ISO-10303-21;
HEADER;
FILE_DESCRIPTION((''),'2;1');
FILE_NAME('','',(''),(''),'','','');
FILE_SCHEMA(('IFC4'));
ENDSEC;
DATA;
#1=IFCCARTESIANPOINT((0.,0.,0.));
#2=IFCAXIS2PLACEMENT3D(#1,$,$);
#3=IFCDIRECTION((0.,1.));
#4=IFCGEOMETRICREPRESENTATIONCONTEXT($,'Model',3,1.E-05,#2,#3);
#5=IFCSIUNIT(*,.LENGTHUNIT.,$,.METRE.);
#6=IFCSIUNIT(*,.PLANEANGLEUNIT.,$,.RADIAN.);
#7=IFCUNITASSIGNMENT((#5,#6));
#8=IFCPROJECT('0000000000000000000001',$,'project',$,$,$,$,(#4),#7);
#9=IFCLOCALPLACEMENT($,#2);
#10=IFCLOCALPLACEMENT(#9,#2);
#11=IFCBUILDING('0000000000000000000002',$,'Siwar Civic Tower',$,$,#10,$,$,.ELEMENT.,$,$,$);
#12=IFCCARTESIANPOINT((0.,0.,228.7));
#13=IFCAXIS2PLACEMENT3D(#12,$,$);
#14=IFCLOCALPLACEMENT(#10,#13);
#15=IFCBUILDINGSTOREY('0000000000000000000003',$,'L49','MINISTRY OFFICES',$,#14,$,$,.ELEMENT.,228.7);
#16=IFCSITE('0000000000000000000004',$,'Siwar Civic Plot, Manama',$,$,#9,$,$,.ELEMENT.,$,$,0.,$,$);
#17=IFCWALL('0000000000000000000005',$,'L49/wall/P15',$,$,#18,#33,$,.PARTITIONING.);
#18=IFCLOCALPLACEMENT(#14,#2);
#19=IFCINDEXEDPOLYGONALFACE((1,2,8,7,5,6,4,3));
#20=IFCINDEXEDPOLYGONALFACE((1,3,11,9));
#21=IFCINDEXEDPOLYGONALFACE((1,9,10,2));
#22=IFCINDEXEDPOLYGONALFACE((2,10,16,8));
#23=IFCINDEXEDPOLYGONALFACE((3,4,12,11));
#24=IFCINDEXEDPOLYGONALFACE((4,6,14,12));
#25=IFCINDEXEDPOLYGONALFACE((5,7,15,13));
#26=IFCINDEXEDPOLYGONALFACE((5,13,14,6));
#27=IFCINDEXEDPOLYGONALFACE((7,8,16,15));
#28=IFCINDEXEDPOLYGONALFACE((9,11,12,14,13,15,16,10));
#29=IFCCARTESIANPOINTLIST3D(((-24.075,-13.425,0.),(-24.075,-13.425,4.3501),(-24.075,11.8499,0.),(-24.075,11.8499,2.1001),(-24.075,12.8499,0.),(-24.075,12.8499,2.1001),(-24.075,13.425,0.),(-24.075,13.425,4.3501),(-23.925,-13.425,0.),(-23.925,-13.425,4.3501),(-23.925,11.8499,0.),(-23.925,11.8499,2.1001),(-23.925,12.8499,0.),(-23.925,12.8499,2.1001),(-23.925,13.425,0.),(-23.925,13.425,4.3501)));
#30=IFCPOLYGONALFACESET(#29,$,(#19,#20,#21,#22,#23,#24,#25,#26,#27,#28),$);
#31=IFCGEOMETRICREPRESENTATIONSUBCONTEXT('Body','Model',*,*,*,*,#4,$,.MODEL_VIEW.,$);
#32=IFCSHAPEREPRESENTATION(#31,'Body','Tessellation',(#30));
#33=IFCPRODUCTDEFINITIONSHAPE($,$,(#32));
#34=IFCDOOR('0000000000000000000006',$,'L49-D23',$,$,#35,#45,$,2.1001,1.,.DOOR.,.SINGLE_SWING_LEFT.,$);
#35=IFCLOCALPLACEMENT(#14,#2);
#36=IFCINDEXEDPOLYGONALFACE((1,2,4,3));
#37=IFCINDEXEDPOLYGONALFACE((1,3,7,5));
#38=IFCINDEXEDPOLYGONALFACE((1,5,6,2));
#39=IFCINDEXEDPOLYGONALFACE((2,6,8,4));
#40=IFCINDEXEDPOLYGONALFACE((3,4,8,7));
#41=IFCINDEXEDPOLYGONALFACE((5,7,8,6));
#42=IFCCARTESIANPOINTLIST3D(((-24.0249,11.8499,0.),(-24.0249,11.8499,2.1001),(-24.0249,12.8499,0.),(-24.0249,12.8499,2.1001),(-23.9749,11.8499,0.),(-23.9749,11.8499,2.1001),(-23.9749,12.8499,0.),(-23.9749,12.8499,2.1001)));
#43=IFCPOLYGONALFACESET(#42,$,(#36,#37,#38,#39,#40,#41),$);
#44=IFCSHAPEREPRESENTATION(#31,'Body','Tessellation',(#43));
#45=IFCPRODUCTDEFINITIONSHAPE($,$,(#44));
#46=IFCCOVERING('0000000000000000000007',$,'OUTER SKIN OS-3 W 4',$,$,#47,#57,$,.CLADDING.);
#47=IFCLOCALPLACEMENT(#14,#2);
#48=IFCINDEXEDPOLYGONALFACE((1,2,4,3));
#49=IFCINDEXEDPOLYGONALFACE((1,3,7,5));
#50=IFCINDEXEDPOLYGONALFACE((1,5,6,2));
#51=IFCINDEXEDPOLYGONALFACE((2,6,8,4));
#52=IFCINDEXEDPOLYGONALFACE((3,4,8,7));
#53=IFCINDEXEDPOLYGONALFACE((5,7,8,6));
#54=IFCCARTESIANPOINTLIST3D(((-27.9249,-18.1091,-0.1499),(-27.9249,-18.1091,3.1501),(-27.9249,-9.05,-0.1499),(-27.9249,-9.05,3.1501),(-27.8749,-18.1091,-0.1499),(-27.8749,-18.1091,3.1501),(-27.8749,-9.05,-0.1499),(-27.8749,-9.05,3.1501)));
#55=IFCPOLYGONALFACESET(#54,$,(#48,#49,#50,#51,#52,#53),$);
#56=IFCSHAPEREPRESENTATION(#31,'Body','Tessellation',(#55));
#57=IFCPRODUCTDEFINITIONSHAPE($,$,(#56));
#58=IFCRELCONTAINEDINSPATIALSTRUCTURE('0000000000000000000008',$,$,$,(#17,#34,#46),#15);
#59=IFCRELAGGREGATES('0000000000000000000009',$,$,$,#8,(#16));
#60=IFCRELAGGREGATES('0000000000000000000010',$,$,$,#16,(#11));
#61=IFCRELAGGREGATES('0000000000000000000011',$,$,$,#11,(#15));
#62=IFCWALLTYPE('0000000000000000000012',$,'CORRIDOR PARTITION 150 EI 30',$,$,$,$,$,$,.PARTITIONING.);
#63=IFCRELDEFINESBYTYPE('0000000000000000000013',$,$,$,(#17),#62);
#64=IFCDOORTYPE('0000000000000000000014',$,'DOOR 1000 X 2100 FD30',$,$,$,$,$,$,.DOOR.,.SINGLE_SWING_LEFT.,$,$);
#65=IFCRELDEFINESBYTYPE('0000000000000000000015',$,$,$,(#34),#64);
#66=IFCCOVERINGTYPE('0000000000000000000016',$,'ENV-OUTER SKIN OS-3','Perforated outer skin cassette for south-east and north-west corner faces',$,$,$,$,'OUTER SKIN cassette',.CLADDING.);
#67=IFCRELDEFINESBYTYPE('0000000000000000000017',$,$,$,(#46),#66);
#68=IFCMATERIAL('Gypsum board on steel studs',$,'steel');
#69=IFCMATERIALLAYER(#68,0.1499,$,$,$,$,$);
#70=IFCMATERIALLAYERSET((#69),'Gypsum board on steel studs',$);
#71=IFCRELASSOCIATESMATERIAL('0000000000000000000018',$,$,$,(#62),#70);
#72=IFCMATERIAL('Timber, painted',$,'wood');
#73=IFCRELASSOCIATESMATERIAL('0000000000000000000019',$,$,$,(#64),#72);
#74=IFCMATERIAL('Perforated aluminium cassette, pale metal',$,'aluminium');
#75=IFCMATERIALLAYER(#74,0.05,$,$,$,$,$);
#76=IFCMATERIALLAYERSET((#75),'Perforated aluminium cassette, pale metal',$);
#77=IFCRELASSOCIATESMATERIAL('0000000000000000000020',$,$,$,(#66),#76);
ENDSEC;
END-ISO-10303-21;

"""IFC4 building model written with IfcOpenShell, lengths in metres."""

from ifc_helpers import new_model, si_unit, direction, frame, frame_2d, origin, origin_2d, place, context, subcontext, project, spatial, rectangle, extrude, material, layer, layer_set, type_object, element, fill, save


model = new_model("IFC4")

# Units and contexts
model_context = context("Model", 3, precision=1e-05, world=origin(), true_north=direction((0.0, 1.0)))
body_context = subcontext(model_context, "Body", "Model", "MODEL_VIEW")
ifc_project = project(units=[si_unit("LENGTHUNIT", "METRE"), si_unit("PLANEANGLEUNIT", "RADIAN")], contexts=[model_context])

# Site, building, storey
site_placement = place(None, origin())
site = spatial("IfcSite", under=ifc_project, at=site_placement, Name="Siwar Civic Plot, Manama", CompositionType="ELEMENT", RefElevation=0.0)
building_placement = place(site_placement, origin())
building = spatial("IfcBuilding", under=site, at=building_placement, Name="Siwar Civic Tower", CompositionType="ELEMENT")
storey_placement = place(building_placement, frame((0.0, 0.0, 228.7)))
storey = spatial("IfcBuildingStorey", under=building, at=storey_placement, Name="L49", Description="MINISTRY OFFICES", CompositionType="ELEMENT", Elevation=228.7)

# Shared definitions
ifc_material_1 = material(Name="Gypsum board on steel studs", Category="steel")
ifc_layer_1 = layer(ifc_material_1, 0.1499)
ifc_layer_set_1 = layer_set([ifc_layer_1], Name="Gypsum board on steel studs")
wall_type_1 = type_object("IfcWallType", Name="CORRIDOR PARTITION 150 EI 30", PredefinedType="PARTITIONING", material=ifc_layer_set_1)
ifc_material_2 = material(Name="Timber, painted", Category="wood")
door_type_1 = type_object("IfcDoorType", Name="DOOR 1000 X 2100 FD30", OperationType="SINGLE_SWING_LEFT", PredefinedType="DOOR", material=ifc_material_2)

# Wall, opening, door
wall_1_placement = place(storey_placement, frame((-24.0, -13.425, 0.0), z_axis=(0.0, 0.0, 1.0), x_axis=(0.0, 1.0, 0.0)))
wall_1 = element("IfcWall", 1, at=wall_1_placement, inside=storey, type_object=wall_type_1, Name="L49/wall/P15", PredefinedType="PARTITIONING", context=body_context, shape_type="SweptSolid", body=[
    extrude(rectangle(XDim=26.8501, YDim=0.1499, at=frame_2d((13.425, 0.0))), origin(), (0.0, 0.0, 1.0), 4.3501),
])
opening_1_placement = place(wall_1_placement, frame((25.2749, 0.0, 0.0)))
opening_1 = element("IfcOpeningElement", 2, at=opening_1_placement, cuts=wall_1, PredefinedType="OPENING", context=body_context, shape_type="SweptSolid", body=[
    extrude(rectangle(XDim=1.0, YDim=2.1001, at=frame_2d((0.5, 1.05))), frame((0.0, 0.085, 0.0), z_axis=(0.0, -1.0, 0.0), x_axis=(1.0, 0.0, 0.0)), (0.0, 0.0, 1.0), 0.1699),
])
door_1_placement = place(opening_1_placement, origin())
door_1 = element("IfcDoor", 3, at=door_1_placement, inside=storey, type_object=door_type_1, Name="L49-D23", OperationType="SINGLE_SWING_LEFT", OverallHeight=2.1001, OverallWidth=1.0, PredefinedType="DOOR", context=body_context, shape_type="SweptSolid", body=[
    extrude(rectangle(XDim=1.0, YDim=2.1001, at=frame_2d((0.5, 1.05))), frame((0.0, 0.0249, 0.0), z_axis=(0.0, -1.0, 0.0), x_axis=(1.0, 0.0, 0.0)), (0.0, 0.0, 1.0), 0.05),
])
fill(opening_1, door_1)

# Covering
ifc_material_3 = material(Name="Perforated aluminium cassette, pale metal", Category="aluminium")
ifc_layer_2 = layer(ifc_material_3, 0.05)
ifc_layer_set_2 = layer_set([ifc_layer_2], Name="Perforated aluminium cassette, pale metal")
covering_type = type_object("IfcCoveringType", Name="ENV-OUTER SKIN OS-3", Description="Perforated outer skin cassette for south-east and north-west corner faces", ElementType="OUTER SKIN cassette", PredefinedType="CLADDING", material=ifc_layer_set_2)
covering_placement = place(storey_placement, frame((-27.8999, -13.5796, -0.1499), z_axis=(0.0, 0.0, 1.0), x_axis=(0.0, -1.0, 0.0)))
element("IfcCovering", 4, at=covering_placement, inside=storey, type_object=covering_type, Name="OUTER SKIN OS-3 W 4", PredefinedType="CLADDING", context=body_context, shape_type="SweptSolid", body=[
    extrude(rectangle(XDim=9.0591, YDim=0.05, at=origin_2d()), origin(), (0.0, 0.0, 1.0), 3.3),
])

save(model, "model.ifc")
